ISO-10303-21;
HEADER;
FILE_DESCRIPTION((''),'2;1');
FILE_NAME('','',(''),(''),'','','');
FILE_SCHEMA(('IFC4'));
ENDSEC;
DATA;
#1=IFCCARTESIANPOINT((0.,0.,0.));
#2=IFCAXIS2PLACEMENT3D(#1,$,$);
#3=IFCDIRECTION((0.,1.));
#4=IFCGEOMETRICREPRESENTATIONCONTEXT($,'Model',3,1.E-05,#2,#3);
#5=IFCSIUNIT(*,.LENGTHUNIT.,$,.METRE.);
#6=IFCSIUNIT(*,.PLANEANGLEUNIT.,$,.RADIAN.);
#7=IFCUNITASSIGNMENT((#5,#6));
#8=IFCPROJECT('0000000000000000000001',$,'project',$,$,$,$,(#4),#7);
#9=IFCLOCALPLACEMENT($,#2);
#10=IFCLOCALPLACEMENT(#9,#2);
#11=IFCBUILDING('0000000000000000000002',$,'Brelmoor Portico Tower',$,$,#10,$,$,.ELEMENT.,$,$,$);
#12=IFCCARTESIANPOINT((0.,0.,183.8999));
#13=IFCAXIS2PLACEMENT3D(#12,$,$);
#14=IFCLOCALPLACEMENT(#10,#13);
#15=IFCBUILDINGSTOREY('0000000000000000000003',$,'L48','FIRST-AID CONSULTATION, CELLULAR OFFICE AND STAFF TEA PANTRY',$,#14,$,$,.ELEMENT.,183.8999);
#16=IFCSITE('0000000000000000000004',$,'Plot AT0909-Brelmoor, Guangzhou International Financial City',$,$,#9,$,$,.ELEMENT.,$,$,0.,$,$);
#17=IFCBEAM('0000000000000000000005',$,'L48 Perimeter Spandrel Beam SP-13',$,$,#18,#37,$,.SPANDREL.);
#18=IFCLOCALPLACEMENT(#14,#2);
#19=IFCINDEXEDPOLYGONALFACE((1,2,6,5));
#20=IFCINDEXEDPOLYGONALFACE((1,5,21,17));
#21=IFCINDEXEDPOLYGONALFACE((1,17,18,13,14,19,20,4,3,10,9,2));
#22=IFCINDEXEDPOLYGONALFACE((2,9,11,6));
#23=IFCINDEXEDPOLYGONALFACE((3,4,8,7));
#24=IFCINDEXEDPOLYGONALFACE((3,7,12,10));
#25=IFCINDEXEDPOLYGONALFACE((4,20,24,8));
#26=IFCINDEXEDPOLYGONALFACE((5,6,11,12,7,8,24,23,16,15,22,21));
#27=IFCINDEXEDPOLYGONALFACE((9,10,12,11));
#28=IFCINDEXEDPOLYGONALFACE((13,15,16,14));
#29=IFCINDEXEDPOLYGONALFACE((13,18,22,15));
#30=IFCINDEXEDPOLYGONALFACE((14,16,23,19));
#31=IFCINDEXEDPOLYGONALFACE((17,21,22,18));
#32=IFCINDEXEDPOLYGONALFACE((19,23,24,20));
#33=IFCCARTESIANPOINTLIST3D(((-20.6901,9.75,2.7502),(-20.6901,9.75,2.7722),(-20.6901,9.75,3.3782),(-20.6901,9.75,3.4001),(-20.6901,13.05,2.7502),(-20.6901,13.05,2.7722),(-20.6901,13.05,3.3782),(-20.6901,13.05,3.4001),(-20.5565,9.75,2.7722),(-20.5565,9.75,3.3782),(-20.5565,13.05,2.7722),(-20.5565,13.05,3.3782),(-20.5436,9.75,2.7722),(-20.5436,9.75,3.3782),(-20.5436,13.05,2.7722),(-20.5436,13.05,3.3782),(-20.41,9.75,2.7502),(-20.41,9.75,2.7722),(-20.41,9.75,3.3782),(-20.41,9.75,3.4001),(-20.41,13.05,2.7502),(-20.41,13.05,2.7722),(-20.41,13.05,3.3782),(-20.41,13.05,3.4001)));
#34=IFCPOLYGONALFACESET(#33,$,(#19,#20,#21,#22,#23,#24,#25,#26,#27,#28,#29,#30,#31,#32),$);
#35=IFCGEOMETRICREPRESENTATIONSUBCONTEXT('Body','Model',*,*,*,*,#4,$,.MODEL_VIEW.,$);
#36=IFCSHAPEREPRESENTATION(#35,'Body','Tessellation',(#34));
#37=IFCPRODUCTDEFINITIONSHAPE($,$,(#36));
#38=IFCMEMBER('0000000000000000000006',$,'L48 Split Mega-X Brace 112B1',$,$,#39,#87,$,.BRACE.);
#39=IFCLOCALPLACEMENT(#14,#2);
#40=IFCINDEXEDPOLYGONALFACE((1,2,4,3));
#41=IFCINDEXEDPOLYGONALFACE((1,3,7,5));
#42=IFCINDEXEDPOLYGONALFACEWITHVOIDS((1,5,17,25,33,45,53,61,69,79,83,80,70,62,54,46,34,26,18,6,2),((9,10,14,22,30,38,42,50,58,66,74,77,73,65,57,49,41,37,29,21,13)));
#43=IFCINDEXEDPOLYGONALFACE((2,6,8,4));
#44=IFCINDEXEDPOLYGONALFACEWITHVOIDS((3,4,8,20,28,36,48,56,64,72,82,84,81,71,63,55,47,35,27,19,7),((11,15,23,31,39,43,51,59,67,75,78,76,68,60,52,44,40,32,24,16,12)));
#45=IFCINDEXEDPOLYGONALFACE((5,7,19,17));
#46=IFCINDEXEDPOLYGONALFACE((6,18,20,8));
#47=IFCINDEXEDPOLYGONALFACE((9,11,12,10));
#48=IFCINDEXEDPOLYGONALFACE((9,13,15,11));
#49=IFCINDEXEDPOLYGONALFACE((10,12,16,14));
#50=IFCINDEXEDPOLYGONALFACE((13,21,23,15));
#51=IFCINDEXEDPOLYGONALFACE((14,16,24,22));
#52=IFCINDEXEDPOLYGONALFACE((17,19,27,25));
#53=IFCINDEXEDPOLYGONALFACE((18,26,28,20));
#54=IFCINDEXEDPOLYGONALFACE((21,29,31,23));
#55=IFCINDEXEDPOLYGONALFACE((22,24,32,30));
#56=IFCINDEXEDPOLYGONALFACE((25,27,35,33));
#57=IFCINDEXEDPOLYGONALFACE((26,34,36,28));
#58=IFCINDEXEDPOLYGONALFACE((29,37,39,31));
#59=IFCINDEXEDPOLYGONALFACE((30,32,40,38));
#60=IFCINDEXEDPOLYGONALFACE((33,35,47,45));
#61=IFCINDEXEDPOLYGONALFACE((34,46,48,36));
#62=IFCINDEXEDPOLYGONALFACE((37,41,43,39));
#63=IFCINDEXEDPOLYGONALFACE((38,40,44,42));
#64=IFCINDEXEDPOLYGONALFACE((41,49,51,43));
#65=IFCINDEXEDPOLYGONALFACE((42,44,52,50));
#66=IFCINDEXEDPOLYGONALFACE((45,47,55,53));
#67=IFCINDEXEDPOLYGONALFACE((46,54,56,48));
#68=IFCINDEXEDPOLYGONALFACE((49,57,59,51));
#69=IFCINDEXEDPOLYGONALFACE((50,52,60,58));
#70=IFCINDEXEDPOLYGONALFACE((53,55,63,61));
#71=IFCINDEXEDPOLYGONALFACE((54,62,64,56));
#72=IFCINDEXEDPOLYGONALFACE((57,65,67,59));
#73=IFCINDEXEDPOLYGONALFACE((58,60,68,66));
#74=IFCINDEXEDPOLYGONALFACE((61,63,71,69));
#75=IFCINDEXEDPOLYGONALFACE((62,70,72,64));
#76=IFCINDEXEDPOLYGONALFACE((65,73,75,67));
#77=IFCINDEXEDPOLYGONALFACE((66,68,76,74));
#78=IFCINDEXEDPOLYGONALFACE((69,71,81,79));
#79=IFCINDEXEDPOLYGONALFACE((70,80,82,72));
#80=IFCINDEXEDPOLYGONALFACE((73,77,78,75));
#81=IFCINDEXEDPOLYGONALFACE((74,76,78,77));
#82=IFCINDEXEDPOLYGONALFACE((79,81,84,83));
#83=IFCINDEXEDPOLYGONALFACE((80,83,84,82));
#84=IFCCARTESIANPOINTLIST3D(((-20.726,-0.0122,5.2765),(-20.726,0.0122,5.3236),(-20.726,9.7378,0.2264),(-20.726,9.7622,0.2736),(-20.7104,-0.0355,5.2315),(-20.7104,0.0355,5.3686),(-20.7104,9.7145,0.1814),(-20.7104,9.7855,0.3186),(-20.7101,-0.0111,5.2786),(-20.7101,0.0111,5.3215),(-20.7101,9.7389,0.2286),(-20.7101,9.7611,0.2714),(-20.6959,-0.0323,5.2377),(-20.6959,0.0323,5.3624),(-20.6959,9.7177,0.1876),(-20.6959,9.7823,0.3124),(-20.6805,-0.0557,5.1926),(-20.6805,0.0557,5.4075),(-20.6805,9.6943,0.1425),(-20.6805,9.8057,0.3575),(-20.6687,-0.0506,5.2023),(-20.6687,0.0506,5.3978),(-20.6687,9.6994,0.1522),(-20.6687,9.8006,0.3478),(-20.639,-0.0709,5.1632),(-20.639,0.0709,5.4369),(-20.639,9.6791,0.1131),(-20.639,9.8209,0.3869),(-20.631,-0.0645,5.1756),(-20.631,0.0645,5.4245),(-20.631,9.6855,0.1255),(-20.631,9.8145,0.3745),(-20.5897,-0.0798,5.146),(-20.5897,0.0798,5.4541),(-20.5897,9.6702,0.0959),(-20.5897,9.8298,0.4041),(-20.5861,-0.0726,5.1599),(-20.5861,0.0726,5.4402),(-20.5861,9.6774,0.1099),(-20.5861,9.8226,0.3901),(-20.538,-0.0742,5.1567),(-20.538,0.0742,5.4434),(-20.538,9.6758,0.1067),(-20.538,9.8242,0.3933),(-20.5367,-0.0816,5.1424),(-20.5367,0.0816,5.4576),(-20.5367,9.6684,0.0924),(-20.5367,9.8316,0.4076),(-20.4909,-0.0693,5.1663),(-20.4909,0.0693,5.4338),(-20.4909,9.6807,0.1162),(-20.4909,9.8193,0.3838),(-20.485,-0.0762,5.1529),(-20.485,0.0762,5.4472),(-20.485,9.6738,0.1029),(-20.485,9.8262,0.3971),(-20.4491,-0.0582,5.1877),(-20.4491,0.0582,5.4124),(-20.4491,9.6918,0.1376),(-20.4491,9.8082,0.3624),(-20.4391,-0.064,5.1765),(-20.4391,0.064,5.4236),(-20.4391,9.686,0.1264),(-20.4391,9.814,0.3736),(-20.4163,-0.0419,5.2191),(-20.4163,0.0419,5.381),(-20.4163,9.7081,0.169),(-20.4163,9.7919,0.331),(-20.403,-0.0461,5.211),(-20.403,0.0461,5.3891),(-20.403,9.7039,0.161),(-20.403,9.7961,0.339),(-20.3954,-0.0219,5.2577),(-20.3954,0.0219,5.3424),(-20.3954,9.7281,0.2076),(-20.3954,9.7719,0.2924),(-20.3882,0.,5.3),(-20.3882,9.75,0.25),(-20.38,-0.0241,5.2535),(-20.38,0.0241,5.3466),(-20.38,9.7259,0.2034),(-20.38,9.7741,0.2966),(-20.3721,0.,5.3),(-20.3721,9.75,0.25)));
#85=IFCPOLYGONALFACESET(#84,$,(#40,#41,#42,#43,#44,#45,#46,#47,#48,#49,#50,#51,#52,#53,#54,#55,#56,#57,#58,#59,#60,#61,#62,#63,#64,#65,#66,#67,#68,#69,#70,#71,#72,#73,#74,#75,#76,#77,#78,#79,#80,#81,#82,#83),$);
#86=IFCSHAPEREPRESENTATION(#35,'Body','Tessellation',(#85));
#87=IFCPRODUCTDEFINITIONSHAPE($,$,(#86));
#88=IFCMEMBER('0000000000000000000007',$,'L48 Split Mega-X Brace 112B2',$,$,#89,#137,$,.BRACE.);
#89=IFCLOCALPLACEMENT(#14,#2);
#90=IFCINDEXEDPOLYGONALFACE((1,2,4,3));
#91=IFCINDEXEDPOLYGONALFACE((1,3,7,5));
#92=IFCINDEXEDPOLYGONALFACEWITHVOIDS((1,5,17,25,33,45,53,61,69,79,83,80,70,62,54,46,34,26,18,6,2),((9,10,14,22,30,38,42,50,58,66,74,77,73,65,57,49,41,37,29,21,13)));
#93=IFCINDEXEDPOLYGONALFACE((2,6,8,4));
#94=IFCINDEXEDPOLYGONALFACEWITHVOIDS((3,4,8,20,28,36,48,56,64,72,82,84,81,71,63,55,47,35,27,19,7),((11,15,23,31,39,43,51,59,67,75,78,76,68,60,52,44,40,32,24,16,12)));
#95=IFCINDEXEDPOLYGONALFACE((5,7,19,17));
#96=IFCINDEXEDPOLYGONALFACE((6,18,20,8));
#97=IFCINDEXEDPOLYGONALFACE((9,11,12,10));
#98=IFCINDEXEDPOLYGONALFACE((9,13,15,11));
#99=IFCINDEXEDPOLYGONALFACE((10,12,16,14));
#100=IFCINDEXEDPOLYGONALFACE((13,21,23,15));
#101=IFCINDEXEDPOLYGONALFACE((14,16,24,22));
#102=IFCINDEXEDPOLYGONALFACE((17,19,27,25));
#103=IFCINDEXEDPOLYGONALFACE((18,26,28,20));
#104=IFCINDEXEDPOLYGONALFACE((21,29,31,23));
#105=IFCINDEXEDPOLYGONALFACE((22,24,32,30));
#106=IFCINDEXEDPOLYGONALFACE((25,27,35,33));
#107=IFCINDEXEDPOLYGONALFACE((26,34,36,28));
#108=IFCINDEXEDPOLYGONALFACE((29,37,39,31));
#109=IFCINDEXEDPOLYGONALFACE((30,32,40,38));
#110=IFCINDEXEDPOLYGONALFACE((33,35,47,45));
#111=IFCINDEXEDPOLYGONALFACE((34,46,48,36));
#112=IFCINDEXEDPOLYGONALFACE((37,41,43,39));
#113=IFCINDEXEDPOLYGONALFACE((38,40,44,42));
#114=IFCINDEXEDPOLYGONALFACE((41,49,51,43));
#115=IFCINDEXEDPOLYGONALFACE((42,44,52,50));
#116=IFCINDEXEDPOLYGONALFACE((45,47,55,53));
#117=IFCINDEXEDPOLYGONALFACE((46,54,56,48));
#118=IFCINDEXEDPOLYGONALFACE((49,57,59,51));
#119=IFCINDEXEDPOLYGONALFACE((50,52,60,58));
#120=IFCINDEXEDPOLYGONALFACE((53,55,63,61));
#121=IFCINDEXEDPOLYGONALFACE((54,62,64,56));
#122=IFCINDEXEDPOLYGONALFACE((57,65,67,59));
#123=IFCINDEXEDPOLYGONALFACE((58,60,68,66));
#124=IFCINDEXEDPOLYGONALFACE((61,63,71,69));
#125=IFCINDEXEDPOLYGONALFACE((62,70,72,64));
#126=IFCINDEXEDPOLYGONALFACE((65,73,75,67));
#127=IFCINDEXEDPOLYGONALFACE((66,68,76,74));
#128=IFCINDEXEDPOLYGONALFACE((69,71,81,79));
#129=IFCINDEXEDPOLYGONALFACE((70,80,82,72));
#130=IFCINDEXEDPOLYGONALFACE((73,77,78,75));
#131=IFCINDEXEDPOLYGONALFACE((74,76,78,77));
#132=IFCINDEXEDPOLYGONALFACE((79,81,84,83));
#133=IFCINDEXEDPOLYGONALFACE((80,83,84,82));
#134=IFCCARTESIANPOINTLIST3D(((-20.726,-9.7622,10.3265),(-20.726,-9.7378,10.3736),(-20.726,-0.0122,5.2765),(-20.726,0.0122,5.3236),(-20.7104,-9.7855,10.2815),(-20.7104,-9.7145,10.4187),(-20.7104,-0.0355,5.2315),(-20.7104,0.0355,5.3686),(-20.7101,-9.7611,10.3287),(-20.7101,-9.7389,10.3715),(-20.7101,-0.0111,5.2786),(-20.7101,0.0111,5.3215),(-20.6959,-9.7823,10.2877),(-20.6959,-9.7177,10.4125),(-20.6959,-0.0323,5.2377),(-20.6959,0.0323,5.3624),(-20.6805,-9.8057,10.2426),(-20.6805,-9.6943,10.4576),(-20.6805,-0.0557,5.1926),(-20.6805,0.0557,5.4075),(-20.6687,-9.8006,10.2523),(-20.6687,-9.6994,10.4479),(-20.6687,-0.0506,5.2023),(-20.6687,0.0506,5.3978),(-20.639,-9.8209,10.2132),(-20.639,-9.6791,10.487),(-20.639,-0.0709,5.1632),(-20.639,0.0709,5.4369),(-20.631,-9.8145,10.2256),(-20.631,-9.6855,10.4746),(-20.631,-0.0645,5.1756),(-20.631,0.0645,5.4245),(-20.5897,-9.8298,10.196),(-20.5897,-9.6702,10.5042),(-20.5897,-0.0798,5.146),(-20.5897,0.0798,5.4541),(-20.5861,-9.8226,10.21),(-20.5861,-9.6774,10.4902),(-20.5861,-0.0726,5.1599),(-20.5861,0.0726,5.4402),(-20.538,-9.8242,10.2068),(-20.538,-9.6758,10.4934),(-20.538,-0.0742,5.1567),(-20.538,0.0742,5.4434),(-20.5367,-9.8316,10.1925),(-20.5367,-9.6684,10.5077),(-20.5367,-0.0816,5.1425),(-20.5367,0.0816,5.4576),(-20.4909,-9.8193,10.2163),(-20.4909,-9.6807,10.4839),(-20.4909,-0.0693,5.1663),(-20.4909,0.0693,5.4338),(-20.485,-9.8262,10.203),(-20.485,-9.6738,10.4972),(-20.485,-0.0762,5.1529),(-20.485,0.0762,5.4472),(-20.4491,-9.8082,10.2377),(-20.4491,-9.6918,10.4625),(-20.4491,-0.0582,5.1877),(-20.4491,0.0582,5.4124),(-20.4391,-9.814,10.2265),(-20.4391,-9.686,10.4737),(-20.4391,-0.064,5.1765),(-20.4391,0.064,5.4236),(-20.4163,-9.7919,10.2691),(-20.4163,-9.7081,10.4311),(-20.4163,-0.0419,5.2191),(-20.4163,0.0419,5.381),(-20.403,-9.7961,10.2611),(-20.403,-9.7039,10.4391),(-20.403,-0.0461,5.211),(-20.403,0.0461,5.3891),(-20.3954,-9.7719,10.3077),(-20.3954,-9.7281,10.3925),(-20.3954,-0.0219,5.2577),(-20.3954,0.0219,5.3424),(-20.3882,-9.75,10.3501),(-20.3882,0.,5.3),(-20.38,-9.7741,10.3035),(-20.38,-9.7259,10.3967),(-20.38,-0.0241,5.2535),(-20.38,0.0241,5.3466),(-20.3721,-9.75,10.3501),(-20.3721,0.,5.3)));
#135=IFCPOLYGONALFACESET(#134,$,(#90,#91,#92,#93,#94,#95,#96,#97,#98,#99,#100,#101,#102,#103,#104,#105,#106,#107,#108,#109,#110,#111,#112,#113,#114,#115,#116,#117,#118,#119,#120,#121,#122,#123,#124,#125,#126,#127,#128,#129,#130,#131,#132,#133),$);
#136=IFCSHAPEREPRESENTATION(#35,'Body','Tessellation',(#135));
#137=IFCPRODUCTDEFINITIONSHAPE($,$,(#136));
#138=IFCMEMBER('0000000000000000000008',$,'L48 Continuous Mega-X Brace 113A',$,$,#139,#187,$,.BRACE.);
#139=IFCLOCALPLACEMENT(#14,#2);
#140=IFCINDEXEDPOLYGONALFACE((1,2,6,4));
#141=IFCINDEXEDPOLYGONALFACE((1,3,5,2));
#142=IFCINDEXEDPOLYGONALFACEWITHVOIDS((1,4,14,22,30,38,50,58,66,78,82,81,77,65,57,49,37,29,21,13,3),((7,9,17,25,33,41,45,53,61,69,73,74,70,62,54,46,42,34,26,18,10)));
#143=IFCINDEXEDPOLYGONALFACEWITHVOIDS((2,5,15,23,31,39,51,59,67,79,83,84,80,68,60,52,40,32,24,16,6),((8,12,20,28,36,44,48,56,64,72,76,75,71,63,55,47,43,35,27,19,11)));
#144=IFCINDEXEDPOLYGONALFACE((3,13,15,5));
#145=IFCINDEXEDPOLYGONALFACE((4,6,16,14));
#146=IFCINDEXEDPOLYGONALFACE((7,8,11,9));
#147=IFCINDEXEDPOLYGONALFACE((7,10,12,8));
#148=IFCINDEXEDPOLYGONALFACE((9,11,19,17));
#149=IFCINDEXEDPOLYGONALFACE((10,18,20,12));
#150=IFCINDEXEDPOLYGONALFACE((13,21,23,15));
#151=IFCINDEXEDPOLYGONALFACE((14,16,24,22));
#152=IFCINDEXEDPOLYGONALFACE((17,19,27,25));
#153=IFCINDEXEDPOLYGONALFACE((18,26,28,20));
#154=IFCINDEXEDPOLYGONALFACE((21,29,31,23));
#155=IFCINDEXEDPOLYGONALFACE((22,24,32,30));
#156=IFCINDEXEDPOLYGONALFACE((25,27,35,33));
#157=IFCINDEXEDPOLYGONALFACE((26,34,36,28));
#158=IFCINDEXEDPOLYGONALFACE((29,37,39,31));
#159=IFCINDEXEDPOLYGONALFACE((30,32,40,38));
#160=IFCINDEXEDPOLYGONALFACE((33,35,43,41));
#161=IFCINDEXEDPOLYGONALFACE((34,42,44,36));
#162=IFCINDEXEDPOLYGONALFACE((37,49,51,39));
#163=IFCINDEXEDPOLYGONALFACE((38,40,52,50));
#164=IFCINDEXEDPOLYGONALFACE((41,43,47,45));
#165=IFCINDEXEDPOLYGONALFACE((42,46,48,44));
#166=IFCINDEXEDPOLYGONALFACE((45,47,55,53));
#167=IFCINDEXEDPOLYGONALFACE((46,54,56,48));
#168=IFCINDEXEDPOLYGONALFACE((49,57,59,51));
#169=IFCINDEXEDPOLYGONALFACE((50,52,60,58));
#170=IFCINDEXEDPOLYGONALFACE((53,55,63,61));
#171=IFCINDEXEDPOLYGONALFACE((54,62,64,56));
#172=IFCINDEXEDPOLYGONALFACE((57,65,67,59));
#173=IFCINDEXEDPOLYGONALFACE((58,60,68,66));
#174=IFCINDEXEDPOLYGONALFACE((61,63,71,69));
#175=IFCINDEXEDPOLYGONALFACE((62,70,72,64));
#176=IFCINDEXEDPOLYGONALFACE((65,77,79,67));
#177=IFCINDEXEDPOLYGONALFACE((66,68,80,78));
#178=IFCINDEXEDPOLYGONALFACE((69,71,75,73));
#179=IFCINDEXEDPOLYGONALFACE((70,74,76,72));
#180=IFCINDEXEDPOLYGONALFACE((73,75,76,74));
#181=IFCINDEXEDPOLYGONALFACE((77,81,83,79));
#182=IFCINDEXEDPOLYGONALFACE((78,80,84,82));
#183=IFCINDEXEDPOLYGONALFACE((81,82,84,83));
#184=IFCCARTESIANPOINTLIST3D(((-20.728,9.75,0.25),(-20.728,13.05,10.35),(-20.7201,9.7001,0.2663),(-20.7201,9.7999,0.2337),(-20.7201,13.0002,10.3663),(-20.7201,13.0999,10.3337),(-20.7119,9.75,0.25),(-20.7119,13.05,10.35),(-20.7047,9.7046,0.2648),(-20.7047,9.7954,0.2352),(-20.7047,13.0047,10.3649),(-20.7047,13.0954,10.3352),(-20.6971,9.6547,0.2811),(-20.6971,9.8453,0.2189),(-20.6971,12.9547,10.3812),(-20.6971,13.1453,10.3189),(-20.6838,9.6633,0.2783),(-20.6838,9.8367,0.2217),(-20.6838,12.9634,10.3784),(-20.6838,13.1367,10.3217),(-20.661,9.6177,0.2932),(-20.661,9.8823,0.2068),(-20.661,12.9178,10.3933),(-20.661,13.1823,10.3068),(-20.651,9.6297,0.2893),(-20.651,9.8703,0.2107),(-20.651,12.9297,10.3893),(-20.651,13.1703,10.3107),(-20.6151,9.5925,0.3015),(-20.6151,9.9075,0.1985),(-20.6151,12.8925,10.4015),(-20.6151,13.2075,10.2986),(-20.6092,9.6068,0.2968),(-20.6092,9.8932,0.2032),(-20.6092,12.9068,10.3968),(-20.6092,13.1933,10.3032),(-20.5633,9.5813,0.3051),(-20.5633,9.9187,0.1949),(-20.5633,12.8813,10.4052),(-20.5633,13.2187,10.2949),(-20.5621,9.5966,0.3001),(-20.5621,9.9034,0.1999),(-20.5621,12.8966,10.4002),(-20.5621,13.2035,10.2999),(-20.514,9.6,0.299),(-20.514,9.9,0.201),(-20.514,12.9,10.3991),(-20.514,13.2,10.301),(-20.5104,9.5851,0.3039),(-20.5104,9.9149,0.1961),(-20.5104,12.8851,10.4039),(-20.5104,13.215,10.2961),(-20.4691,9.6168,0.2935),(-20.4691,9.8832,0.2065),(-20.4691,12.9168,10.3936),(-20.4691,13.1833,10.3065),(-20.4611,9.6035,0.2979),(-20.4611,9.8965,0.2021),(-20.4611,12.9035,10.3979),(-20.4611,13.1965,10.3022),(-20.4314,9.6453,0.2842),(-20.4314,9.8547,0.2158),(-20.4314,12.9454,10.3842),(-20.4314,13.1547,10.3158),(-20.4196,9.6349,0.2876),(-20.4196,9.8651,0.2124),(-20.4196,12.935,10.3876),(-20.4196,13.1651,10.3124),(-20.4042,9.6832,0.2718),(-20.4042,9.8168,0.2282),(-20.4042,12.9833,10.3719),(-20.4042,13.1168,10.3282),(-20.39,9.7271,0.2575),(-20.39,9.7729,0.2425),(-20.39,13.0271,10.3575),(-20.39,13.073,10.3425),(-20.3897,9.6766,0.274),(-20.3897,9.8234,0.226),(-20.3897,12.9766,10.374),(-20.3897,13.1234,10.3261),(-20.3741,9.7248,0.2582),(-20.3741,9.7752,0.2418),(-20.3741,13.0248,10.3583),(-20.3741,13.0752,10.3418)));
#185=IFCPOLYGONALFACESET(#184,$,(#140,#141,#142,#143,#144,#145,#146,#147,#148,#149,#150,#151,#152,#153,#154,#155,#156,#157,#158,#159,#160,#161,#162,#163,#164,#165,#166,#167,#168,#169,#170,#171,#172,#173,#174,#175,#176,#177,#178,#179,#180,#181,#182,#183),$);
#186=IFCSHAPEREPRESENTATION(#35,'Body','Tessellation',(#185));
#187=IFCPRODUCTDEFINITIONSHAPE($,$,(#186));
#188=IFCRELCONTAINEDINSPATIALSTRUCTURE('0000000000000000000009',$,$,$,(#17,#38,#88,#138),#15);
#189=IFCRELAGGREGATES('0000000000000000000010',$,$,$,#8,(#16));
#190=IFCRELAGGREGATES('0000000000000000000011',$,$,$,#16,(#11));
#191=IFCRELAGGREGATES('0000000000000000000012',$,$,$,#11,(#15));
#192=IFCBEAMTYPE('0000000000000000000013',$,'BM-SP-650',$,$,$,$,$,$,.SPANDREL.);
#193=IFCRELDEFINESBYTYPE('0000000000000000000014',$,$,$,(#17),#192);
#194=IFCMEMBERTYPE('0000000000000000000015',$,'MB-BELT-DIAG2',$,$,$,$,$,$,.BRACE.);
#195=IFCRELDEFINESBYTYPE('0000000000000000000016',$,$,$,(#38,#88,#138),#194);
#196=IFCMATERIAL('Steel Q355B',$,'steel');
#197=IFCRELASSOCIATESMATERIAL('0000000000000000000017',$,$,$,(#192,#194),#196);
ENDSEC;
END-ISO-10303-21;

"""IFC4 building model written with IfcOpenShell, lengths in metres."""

from ifc_helpers import new_model, si_unit, direction, frame, origin, origin_2d, place, context, subcontext, project, spatial, hollow_circle, i_section, extrude, material, material_profile, profile_set, type_object, element, save


model = new_model("IFC4")

# Units and contexts
model_context = context("Model", 3, precision=1e-05, world=origin(), true_north=direction((0.0, 1.0)))
body_context = subcontext(model_context, "Body", "Model", "MODEL_VIEW")
ifc_project = project(units=[si_unit("LENGTHUNIT", "METRE"), si_unit("PLANEANGLEUNIT", "RADIAN")], contexts=[model_context])

# Site, building, storey
site_placement = place(None, origin())
site = spatial("IfcSite", under=ifc_project, at=site_placement, Name="Plot AT0909-Brelmoor, Guangzhou International Financial City", CompositionType="ELEMENT", RefElevation=0.0)
building_placement = place(site_placement, origin())
building = spatial("IfcBuilding", under=site, at=building_placement, Name="Brelmoor Portico Tower", CompositionType="ELEMENT")
storey_placement = place(building_placement, frame((0.0, 0.0, 183.8999)))
storey = spatial("IfcBuildingStorey", under=building, at=storey_placement, Name="L48", Description="FIRST-AID CONSULTATION, CELLULAR OFFICE AND STAFF TEA PANTRY", CompositionType="ELEMENT", Elevation=183.8999)

# Shared definitions
ifc_material_1 = material(Name="Steel Q355B", Category="steel")

# Beam
ifc_material_profile_1 = material_profile(ifc_material_1, i_section(OverallWidth=0.28, OverallDepth=0.6499, WebThickness=0.0129, FlangeThickness=0.022, at=origin_2d()), Name="HN 650x280x13x22")
ifc_profile_set_1 = profile_set([ifc_material_profile_1], Name="Steel Q355B")
beam_type_1 = type_object("IfcBeamType", Name="BM-SP-650", PredefinedType="SPANDREL", material=ifc_profile_set_1)
beam_1_placement = place(storey_placement, frame((-20.55, 9.75, 3.0752), z_axis=(0.0, 1.0, 0.0), x_axis=(-1.0, 0.0, 0.0)))
element("IfcBeam", 1, at=beam_1_placement, inside=storey, type_object=beam_type_1, Name="L48 Perimeter Spandrel Beam SP-13", PredefinedType="SPANDREL", context=body_context, shape_type="SweptSolid", body=[
    extrude(i_section(OverallWidth=0.28, OverallDepth=0.6499, WebThickness=0.0129, FlangeThickness=0.022, at=origin_2d()), origin(), (0.0, 0.0, 1.0), 3.3),
])

# Members
ifc_material_profile_2 = material_profile(ifc_material_1, hollow_circle(Radius=0.178, WallThickness=0.0161, at=origin_2d()), Name="CHS 356x16")
ifc_profile_set_2 = profile_set([ifc_material_profile_2], Name="Steel Q355B")
member_type_1 = type_object("IfcMemberType", Name="MB-BELT-DIAG2", PredefinedType="BRACE", material=ifc_profile_set_2)
for number, where, z_axis, x_axis, name in (
    (2, (-20.55, 9.75, 0.25), (0.0, -0.887959, 0.459922), (1.0, 0.0, 0.0), "L48 Split Mega-X Brace 112B1"),
    (3, (-20.55, 0.0, 5.3), (0.0, -0.887959, 0.459922), (1.0, 0.0, 0.0), "L48 Split Mega-X Brace 112B2"),
):
    element("IfcMember", number, at=place(storey_placement, frame(where, z_axis=z_axis, x_axis=x_axis)), inside=storey, type_object=member_type_1, Name=name, PredefinedType="BRACE", context=body_context, shape_type="SweptSolid", body=[
        extrude(hollow_circle(Radius=0.178, WallThickness=0.0161, at=origin_2d()), origin(), (0.0, 0.0, 1.0), 10.9802),
    ])
member_1_placement = place(storey_placement, frame((-20.55, 9.75, 0.25), z_axis=(0.0, 0.310577, 0.950548), x_axis=(-1.0, 0.0, 0.0)))
element("IfcMember", 4, at=member_1_placement, inside=storey, type_object=member_type_1, Name="L48 Continuous Mega-X Brace 113A", PredefinedType="BRACE", context=body_context, shape_type="SweptSolid", body=[
    extrude(hollow_circle(Radius=0.178, WallThickness=0.0161, at=origin_2d()), origin(), (0.0, 0.0, 1.0), 10.6255),
])

save(model, "model.ifc")
